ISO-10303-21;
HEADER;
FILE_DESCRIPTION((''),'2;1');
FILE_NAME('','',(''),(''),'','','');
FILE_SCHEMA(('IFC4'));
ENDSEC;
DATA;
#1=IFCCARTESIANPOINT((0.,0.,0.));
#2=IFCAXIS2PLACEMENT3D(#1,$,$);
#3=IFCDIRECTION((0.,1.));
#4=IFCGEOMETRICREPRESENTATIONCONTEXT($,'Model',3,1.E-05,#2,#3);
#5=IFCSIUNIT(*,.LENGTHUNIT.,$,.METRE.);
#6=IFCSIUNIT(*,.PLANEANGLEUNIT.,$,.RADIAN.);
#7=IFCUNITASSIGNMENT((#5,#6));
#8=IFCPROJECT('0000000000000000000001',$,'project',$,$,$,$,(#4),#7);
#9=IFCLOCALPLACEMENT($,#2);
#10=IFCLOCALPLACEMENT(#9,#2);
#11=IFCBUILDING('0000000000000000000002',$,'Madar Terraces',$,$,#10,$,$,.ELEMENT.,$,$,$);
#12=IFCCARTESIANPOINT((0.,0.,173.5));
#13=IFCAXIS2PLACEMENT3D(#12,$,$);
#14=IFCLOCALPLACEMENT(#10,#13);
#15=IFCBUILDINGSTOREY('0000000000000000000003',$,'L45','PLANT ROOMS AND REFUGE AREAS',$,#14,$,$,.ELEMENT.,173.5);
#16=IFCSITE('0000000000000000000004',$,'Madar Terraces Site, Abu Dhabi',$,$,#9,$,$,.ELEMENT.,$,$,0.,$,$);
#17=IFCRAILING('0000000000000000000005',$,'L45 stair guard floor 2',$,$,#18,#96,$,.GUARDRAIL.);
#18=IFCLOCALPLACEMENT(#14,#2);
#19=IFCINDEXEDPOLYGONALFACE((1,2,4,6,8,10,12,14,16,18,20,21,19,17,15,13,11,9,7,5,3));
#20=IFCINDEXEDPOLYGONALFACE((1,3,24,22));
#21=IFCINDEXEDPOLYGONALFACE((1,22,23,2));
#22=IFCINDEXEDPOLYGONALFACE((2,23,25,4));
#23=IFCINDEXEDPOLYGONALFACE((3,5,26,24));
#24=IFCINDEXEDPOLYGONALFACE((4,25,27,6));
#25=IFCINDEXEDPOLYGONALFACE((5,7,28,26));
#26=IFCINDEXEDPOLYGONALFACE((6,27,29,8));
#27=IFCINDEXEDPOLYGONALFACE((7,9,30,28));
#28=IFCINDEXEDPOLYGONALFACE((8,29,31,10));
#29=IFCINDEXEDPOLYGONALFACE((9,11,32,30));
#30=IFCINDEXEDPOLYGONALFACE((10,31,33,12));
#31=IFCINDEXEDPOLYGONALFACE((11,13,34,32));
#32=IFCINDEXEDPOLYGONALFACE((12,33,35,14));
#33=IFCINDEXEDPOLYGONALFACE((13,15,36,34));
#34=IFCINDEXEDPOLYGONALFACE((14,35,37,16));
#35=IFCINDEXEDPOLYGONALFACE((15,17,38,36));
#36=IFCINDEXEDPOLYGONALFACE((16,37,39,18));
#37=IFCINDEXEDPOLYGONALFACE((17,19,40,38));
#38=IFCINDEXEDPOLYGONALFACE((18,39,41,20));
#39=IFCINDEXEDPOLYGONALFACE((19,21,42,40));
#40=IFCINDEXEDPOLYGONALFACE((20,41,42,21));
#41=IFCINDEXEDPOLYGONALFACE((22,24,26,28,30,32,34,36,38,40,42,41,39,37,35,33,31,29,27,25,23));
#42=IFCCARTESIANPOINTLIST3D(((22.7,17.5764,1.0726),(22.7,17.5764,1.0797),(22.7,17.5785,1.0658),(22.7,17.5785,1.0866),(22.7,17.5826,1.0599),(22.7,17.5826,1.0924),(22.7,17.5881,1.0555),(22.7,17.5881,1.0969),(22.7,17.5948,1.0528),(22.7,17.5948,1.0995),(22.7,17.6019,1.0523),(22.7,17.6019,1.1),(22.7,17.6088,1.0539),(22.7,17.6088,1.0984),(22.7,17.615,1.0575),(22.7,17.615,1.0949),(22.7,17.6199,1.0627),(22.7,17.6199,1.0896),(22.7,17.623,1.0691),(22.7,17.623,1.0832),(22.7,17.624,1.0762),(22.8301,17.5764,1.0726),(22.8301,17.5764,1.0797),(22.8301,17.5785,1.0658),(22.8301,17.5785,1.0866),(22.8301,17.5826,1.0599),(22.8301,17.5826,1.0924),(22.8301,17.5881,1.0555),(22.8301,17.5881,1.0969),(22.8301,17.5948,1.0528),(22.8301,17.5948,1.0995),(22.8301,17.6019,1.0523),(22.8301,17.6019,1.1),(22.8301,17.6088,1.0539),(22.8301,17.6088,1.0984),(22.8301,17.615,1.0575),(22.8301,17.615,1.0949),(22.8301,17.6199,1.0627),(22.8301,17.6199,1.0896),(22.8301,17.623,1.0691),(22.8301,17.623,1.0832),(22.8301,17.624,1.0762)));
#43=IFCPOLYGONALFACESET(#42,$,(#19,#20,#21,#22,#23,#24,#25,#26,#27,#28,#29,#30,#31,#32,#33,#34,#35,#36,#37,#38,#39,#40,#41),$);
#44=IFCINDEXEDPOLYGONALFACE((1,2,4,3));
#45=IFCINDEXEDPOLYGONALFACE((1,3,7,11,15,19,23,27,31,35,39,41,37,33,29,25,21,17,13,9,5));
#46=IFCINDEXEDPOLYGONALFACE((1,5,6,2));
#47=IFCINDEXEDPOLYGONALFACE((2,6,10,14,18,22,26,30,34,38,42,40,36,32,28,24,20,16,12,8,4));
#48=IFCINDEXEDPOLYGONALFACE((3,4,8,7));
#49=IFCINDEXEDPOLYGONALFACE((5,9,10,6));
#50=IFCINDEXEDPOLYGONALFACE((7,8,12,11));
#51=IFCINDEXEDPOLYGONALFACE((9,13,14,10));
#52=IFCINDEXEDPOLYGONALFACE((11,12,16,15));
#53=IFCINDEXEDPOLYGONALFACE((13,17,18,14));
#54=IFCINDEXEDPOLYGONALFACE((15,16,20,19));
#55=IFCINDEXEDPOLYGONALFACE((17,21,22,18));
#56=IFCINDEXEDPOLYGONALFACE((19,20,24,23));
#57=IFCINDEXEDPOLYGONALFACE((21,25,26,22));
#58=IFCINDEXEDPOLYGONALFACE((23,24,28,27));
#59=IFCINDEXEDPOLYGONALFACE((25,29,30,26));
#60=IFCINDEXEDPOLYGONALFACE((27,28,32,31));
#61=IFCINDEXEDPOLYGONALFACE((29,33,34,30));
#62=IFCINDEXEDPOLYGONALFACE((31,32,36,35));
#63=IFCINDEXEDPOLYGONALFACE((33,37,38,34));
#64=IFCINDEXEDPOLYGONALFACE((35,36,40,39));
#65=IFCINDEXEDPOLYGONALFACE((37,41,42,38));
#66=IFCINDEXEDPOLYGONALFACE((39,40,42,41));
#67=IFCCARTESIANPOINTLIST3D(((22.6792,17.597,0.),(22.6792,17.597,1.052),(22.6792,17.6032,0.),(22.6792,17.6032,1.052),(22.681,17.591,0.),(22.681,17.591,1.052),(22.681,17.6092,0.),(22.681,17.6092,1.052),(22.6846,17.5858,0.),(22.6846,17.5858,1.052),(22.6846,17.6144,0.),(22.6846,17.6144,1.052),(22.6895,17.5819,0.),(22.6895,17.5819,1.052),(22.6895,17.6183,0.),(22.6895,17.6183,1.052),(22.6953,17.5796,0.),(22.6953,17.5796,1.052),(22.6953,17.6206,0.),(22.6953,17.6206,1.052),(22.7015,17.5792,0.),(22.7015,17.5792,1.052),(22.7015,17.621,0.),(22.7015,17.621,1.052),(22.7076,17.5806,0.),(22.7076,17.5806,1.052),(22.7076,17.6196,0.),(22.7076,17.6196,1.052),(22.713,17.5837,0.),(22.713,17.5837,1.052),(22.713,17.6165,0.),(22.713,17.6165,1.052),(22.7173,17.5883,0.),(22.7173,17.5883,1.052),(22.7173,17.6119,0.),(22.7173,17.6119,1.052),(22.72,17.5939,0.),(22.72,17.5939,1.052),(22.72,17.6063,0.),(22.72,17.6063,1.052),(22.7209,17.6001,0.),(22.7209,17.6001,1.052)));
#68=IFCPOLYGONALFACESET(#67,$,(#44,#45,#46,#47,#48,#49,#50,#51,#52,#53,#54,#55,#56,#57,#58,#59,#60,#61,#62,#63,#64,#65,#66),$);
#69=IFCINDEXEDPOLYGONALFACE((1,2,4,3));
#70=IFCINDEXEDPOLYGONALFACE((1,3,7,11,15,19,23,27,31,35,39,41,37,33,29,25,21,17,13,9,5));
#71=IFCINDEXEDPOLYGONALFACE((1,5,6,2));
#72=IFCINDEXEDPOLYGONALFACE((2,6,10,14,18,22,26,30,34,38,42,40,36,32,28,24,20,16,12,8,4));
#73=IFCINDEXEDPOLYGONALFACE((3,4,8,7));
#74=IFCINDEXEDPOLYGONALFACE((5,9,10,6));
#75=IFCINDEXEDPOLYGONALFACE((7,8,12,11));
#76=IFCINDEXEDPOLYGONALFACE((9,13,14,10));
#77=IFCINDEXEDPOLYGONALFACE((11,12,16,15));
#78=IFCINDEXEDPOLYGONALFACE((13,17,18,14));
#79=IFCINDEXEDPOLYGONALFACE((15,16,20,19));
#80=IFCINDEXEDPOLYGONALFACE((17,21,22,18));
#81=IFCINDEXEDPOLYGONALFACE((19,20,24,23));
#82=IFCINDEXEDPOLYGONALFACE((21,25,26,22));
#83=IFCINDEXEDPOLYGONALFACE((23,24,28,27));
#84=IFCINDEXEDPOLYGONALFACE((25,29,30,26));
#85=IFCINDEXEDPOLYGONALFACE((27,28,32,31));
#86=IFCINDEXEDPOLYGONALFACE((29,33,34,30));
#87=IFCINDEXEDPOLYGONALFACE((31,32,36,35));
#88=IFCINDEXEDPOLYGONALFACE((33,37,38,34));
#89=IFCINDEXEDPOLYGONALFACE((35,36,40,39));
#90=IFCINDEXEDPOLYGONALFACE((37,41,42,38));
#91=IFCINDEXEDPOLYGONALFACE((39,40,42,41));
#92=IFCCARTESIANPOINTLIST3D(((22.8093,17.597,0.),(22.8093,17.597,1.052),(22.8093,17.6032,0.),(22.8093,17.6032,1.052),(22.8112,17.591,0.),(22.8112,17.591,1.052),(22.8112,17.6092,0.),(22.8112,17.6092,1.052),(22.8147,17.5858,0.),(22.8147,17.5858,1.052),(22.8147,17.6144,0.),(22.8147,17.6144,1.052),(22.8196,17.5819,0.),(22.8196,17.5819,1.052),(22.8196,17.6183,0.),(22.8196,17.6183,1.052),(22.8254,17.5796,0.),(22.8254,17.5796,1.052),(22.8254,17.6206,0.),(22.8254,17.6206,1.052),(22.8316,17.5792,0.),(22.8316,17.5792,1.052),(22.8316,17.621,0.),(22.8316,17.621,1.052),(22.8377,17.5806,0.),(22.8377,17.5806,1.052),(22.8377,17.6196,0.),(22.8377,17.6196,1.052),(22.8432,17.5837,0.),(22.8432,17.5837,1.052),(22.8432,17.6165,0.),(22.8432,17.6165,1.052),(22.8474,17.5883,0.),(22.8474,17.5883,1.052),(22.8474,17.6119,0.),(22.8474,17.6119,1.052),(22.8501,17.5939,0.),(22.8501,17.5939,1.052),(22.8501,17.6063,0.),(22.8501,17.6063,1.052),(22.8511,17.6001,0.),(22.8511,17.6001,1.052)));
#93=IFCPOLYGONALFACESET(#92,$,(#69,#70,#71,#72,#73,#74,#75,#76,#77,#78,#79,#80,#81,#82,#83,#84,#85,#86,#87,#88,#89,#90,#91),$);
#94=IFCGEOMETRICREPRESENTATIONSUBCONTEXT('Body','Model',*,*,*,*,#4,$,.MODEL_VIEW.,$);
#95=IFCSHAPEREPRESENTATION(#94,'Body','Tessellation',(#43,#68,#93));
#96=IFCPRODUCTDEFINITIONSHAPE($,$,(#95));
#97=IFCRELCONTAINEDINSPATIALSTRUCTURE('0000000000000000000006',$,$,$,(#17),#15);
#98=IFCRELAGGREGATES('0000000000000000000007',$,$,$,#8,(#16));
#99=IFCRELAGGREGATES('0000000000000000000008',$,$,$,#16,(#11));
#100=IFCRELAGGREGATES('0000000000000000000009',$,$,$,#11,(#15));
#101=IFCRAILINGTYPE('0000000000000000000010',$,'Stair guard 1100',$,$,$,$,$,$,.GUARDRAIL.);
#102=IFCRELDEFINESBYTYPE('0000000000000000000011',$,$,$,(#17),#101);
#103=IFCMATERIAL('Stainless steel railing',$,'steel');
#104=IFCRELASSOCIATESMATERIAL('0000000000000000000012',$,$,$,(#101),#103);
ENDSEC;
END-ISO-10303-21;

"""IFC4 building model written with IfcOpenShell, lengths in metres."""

from ifc_helpers import new_model, si_unit, direction, frame, origin, origin_2d, place, context, subcontext, project, spatial, circle, extrude, material, type_object, element, save


model = new_model("IFC4")

# Units and contexts
model_context = context("Model", 3, precision=1e-05, world=origin(), true_north=direction((0.0, 1.0)))
body_context = subcontext(model_context, "Body", "Model", "MODEL_VIEW")
ifc_project = project(units=[si_unit("LENGTHUNIT", "METRE"), si_unit("PLANEANGLEUNIT", "RADIAN")], contexts=[model_context])

# Site, building, storey
site_placement = place(None, origin())
site = spatial("IfcSite", under=ifc_project, at=site_placement, Name="Madar Terraces Site, Abu Dhabi", CompositionType="ELEMENT", RefElevation=0.0)
building_placement = place(site_placement, origin())
building = spatial("IfcBuilding", under=site, at=building_placement, Name="Madar Terraces", CompositionType="ELEMENT")
storey_placement = place(building_placement, frame((0.0, 0.0, 173.5)))
storey = spatial("IfcBuildingStorey", under=building, at=storey_placement, Name="L45", Description="PLANT ROOMS AND REFUGE AREAS", CompositionType="ELEMENT", Elevation=173.5)

# Railing
ifc_material_1 = material(Name="Stainless steel railing", Category="steel")
railing_type_1 = type_object("IfcRailingType", Name="Stair guard 1100", PredefinedType="GUARDRAIL", material=ifc_material_1)
for number, where, name in (
    (1, (22.7, 17.6001, 0.0), "L45 stair guard floor 2"),
):
    element("IfcRailing", number, at=place(storey_placement, frame(where)), inside=storey, type_object=railing_type_1, Name=name, PredefinedType="GUARDRAIL", context=body_context, shape_type="SweptSolid", body=[
        extrude(circle(Radius=0.0239, at=origin_2d()), frame((0.0, 0.0, 1.0762), z_axis=(1.0, 0.0, 0.0), x_axis=(0.0, 1.0, 0.0)), (0.0, 0.0, 1.0), 0.1301),
        extrude(circle(Radius=0.021, at=origin_2d()), origin(), (0.0, 0.0, 1.0), 1.052),
        extrude(circle(Radius=0.021, at=origin_2d()), frame((0.1301, 0.0, 0.0)), (0.0, 0.0, 1.0), 1.052),
    ])

save(model, "model.ifc")
